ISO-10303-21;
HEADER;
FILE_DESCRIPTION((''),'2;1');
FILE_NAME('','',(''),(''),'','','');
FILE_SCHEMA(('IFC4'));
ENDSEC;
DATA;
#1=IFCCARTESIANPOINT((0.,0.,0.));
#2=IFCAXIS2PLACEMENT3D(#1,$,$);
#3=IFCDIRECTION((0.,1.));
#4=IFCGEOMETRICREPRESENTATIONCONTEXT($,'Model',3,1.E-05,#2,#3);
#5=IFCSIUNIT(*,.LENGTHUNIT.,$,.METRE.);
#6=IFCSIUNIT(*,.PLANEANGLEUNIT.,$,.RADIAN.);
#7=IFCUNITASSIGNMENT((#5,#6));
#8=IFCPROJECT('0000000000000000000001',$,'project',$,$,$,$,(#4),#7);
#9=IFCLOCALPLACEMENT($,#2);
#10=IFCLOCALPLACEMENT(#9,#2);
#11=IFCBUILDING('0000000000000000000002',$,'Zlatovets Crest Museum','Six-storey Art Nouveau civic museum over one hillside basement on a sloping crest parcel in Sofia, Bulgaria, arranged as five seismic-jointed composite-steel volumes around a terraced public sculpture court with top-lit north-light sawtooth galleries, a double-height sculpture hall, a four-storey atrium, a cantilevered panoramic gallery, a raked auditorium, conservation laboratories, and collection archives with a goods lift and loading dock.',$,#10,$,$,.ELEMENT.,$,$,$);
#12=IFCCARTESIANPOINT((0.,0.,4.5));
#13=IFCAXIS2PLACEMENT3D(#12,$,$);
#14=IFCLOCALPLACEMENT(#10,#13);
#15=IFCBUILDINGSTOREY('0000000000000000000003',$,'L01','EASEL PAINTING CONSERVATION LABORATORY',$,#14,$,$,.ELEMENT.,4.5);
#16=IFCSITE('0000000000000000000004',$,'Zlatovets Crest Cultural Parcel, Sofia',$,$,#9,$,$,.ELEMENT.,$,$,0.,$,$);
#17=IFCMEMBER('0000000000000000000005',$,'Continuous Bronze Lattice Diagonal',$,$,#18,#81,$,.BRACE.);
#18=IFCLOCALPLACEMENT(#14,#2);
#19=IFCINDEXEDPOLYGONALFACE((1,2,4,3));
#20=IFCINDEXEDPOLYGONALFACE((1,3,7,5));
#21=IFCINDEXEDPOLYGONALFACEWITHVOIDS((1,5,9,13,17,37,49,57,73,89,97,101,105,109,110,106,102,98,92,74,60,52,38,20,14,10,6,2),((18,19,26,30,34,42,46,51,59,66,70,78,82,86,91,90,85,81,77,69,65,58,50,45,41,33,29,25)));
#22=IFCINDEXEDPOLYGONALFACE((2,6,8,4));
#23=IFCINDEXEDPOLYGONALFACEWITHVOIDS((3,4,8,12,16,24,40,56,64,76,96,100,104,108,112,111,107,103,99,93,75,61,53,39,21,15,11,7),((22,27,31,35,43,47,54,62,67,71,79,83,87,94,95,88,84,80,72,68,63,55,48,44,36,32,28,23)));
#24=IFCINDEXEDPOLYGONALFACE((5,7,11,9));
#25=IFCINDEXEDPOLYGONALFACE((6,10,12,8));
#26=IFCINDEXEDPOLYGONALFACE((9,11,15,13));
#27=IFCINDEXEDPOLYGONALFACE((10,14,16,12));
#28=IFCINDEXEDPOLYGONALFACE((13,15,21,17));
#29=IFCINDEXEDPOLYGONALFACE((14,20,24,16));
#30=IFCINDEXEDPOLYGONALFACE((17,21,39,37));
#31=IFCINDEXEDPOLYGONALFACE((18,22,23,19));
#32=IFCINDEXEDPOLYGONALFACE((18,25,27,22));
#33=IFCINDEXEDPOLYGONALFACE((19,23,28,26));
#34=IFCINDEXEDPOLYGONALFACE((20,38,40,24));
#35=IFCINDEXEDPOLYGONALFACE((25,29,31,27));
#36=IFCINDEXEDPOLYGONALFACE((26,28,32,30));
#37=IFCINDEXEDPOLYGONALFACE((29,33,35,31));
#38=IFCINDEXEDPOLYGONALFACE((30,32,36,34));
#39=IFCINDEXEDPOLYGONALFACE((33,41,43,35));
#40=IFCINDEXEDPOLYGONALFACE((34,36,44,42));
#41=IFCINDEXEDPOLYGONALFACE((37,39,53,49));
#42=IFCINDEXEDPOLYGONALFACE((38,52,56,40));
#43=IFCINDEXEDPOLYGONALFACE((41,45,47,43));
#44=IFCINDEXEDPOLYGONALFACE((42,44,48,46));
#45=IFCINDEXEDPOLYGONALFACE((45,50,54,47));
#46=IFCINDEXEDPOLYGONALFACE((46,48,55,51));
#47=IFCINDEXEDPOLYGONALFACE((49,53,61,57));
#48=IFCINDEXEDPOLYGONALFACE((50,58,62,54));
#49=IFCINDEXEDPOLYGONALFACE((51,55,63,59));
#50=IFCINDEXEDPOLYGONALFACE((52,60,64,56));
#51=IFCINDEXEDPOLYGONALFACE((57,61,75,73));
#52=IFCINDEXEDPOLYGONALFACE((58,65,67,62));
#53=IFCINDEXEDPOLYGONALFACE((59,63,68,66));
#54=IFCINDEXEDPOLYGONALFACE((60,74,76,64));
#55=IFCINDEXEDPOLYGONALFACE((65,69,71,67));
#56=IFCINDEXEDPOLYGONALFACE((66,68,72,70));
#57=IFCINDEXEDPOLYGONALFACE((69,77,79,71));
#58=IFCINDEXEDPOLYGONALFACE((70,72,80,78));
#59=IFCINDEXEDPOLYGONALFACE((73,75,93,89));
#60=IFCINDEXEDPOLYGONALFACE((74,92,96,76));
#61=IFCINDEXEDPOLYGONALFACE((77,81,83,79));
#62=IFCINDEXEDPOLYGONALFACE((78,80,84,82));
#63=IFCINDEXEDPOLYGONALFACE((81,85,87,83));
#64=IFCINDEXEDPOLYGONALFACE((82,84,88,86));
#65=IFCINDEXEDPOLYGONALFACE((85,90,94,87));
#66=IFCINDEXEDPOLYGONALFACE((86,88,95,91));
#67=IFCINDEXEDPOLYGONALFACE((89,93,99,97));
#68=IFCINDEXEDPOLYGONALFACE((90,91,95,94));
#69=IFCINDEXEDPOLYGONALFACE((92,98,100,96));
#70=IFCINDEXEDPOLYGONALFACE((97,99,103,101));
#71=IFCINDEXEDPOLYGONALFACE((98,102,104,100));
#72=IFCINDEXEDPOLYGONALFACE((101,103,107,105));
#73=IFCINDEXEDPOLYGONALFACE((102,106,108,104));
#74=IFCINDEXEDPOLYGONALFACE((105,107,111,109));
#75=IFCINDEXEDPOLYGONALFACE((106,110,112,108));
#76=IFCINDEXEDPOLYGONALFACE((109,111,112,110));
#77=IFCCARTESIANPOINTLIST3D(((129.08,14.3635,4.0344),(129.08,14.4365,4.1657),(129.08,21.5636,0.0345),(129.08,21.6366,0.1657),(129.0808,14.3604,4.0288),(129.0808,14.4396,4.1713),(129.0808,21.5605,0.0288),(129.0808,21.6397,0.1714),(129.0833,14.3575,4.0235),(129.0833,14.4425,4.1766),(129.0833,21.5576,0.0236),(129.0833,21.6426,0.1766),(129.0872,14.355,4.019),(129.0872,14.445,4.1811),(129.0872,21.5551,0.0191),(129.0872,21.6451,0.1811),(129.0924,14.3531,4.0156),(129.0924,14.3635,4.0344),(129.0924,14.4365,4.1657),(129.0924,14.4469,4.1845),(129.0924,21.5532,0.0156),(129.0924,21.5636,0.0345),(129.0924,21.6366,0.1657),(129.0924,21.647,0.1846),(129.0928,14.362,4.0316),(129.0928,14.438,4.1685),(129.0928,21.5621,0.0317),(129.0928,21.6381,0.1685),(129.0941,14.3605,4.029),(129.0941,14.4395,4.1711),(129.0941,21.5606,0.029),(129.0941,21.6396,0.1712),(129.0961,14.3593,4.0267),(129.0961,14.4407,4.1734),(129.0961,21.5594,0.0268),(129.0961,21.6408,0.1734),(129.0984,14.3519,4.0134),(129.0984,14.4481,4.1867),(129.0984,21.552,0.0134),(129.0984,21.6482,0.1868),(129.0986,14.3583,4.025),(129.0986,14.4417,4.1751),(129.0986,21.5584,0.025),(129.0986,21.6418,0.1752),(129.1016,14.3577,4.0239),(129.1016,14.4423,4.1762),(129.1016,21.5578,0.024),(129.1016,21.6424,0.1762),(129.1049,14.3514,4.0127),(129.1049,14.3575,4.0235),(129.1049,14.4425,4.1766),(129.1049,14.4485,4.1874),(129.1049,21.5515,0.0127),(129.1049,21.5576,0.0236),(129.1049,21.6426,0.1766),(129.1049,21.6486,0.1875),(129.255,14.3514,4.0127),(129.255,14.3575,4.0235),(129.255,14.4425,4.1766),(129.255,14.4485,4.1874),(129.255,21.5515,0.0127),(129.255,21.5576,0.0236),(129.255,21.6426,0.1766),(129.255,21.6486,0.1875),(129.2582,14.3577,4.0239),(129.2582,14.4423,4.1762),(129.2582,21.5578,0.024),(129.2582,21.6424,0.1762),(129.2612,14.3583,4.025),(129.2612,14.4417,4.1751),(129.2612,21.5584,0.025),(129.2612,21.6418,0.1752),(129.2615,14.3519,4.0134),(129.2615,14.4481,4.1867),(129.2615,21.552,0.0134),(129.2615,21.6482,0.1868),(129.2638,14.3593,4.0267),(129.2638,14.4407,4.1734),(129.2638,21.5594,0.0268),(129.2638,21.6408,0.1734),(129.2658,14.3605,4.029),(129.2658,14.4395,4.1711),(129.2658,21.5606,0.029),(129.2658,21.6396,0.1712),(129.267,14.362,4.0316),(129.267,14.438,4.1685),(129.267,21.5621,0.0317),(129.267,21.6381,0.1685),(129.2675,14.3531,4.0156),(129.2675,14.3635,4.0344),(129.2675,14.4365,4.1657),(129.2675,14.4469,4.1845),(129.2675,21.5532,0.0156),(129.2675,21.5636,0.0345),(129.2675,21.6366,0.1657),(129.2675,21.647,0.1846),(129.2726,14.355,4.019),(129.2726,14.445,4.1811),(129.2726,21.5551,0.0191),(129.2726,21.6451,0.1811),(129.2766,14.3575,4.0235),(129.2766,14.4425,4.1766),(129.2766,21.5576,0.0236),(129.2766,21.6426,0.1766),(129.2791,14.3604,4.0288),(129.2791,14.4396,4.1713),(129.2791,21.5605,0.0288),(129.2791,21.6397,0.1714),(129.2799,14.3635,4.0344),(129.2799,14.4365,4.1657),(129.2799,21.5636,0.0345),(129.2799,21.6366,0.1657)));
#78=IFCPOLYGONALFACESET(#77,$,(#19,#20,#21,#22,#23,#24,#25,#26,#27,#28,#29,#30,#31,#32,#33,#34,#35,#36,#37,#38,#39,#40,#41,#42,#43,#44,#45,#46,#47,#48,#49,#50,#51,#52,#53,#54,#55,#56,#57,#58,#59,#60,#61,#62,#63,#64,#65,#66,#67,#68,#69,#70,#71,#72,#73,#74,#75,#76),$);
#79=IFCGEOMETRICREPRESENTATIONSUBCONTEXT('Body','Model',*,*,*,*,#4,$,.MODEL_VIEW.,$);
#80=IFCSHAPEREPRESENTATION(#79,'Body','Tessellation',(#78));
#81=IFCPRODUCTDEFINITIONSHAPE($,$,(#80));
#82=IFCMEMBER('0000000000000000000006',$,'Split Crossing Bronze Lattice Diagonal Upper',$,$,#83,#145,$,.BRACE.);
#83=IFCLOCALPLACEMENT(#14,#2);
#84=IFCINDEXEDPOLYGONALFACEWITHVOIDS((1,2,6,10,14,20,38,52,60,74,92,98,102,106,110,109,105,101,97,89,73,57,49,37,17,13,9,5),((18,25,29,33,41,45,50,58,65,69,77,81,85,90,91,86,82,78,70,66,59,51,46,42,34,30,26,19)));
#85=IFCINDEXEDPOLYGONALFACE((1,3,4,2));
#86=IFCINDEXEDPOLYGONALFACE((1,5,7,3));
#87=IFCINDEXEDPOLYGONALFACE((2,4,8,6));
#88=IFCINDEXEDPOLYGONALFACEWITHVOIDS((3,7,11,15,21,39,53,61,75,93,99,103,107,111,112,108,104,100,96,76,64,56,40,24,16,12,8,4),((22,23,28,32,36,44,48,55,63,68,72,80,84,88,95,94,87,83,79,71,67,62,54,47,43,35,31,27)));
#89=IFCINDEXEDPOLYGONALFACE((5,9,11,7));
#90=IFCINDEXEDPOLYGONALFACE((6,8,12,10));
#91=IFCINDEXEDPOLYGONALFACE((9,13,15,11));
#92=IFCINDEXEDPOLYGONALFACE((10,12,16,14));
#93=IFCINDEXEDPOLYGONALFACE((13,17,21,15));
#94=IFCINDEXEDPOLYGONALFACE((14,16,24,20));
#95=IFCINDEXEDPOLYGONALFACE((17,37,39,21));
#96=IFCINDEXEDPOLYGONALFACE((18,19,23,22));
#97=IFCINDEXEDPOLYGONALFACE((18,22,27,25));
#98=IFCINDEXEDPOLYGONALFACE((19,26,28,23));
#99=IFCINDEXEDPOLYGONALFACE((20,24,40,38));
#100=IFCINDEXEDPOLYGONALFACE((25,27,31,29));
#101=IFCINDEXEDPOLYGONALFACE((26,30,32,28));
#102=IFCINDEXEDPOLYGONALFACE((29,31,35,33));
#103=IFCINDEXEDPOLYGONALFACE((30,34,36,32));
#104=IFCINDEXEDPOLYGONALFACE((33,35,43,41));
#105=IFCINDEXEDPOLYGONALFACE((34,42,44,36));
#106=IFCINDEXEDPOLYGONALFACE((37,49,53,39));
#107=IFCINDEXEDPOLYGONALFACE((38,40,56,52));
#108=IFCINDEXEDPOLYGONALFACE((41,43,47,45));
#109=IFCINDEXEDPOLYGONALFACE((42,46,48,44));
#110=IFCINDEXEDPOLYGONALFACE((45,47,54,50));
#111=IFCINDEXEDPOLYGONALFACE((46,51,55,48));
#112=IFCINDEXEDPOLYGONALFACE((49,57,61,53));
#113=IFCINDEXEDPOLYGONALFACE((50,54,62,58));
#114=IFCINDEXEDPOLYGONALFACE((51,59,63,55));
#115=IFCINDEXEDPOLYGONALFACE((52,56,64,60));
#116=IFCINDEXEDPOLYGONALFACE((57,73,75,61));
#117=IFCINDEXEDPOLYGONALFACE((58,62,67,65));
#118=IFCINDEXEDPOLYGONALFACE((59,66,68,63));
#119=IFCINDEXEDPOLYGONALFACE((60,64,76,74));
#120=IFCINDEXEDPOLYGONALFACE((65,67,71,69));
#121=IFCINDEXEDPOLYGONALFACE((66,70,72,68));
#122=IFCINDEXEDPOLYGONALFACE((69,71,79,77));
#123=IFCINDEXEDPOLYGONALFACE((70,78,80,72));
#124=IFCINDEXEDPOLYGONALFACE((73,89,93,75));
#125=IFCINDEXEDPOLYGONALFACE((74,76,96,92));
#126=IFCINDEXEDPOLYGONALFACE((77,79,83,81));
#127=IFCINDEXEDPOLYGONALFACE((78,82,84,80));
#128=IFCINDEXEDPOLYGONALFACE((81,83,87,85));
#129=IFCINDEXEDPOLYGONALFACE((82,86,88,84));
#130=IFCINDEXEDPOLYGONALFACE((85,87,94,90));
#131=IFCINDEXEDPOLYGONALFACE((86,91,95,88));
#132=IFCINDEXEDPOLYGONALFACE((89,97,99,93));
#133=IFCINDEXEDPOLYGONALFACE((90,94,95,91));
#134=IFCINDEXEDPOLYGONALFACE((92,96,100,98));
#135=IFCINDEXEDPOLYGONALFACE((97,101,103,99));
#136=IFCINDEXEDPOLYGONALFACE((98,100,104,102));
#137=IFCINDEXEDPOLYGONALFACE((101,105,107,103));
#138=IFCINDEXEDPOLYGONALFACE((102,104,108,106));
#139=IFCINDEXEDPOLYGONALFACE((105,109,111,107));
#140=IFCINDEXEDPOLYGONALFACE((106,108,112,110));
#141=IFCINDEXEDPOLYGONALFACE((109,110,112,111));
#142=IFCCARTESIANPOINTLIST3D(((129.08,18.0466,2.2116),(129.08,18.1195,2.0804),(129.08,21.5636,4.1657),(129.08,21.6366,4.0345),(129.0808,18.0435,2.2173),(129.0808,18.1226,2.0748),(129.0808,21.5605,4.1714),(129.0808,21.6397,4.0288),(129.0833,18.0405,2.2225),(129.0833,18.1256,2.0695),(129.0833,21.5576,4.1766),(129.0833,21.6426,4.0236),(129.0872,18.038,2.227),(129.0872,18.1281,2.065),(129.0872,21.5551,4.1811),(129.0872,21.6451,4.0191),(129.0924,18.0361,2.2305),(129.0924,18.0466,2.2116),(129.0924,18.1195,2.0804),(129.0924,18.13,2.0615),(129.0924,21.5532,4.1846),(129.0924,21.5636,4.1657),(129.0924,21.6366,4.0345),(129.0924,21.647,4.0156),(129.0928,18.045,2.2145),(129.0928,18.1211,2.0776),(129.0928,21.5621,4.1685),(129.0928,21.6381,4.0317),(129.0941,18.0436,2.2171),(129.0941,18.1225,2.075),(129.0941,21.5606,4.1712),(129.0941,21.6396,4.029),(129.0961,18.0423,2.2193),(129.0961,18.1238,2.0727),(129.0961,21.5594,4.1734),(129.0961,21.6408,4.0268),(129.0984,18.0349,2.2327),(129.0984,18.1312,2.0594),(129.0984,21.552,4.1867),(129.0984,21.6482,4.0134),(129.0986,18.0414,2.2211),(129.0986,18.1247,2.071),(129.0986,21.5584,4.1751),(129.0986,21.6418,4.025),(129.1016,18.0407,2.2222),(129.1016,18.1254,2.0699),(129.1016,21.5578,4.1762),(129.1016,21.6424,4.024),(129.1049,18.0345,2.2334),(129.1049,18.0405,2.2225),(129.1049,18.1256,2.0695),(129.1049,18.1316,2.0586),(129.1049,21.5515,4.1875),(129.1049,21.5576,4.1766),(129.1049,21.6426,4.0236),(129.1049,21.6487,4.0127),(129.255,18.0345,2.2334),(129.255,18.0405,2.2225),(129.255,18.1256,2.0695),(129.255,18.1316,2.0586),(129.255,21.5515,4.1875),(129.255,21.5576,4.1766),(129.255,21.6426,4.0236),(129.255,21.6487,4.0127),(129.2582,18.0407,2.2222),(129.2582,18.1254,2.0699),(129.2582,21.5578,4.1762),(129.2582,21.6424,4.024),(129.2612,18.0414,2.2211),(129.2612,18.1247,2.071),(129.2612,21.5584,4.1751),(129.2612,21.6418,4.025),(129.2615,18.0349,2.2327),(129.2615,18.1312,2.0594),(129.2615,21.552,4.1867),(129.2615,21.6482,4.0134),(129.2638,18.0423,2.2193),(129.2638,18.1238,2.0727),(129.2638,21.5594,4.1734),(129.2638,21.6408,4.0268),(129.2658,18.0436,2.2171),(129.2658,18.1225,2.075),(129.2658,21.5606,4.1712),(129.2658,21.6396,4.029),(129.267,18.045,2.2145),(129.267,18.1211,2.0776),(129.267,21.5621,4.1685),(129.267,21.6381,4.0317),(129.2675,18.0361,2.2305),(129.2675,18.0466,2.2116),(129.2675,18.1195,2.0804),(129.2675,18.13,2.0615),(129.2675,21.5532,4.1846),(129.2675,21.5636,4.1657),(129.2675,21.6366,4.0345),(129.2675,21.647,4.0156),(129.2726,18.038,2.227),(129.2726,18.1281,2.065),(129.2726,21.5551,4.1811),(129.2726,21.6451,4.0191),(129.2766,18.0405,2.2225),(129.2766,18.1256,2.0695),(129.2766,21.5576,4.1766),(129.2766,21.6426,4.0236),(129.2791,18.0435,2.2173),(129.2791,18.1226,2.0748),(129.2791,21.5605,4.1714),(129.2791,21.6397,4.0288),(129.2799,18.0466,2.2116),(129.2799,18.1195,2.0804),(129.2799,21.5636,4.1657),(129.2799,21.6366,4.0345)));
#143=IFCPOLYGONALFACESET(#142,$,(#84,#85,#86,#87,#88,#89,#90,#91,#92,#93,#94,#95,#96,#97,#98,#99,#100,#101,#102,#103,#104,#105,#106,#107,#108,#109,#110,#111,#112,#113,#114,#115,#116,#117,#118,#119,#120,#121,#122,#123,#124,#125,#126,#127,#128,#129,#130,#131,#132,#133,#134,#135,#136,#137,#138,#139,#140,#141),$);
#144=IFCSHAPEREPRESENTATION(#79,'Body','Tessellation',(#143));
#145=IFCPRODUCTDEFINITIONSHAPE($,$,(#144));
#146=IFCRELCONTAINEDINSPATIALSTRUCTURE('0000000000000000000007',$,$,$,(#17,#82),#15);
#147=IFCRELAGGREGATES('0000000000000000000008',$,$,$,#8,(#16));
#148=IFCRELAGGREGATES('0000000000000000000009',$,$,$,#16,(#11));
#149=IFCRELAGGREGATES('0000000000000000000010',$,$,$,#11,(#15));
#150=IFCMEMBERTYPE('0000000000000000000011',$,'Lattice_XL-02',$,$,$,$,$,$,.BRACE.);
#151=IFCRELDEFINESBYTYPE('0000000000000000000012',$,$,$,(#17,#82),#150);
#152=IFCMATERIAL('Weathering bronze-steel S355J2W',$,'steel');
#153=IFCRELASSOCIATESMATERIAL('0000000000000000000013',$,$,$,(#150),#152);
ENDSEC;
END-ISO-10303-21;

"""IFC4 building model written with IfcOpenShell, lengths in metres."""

from ifc_helpers import new_model, si_unit, direction, frame, origin, origin_2d, place, context, subcontext, project, spatial, hollow_rectangle, extrude, material, material_profile, profile_set, type_object, element, save


model = new_model("IFC4")

# Units and contexts
model_context = context("Model", 3, precision=1e-05, world=origin(), true_north=direction((0.0, 1.0)))
body_context = subcontext(model_context, "Body", "Model", "MODEL_VIEW")
ifc_project = project(units=[si_unit("LENGTHUNIT", "METRE"), si_unit("PLANEANGLEUNIT", "RADIAN")], contexts=[model_context])

# Site, building, storey
site_placement = place(None, origin())
site = spatial("IfcSite", under=ifc_project, at=site_placement, Name="Zlatovets Crest Cultural Parcel, Sofia", CompositionType="ELEMENT", RefElevation=0.0)
building_placement = place(site_placement, origin())
building = spatial("IfcBuilding", under=site, at=building_placement, Name="Zlatovets Crest Museum", Description="Six-storey Art Nouveau civic museum over one hillside basement on a sloping crest parcel in Sofia, Bulgaria, arranged as five seismic-jointed composite-steel volumes around a terraced public sculpture court with top-lit north-light sawtooth galleries, a double-height sculpture hall, a four-storey atrium, a cantilevered panoramic gallery, a raked auditorium, conservation laboratories, and collection archives with a goods lift and loading dock.", CompositionType="ELEMENT")
storey_placement = place(building_placement, frame((0.0, 0.0, 4.5)))
storey = spatial("IfcBuildingStorey", under=building, at=storey_placement, Name="L01", Description="EASEL PAINTING CONSERVATION LABORATORY", CompositionType="ELEMENT", Elevation=4.5)

# Members
ifc_material_1 = material(Name="Weathering bronze-steel S355J2W", Category="steel")
ifc_material_profile_1 = material_profile(ifc_material_1, hollow_rectangle(XDim=0.2, YDim=0.2, WallThickness=0.0125, InnerFilletRadius=0.0125, OuterFilletRadius=0.0249, at=origin_2d()), Name="SHS 200x200x12.5")
ifc_profile_set_1 = profile_set([ifc_material_profile_1], Name="Weathering bronze-steel S355J2W")
member_type_1 = type_object("IfcMemberType", Name="Lattice_XL-02", PredefinedType="BRACE", material=ifc_profile_set_1)
member_1_placement = place(storey_placement, frame((129.1799, 21.6001, 0.1001), z_axis=(0.0, -0.874163, 0.485633), x_axis=(1.0, 0.0, 0.0)))
element("IfcMember", 1, at=member_1_placement, inside=storey, type_object=member_type_1, Name="Continuous Bronze Lattice Diagonal", PredefinedType="BRACE", context=body_context, shape_type="SweptSolid", body=[
    extrude(hollow_rectangle(XDim=0.2, YDim=0.2, WallThickness=0.0125, InnerFilletRadius=0.0125, OuterFilletRadius=0.0249, at=origin_2d()), origin(), (0.0, 0.0, 1.0), 8.2366),
])
member_2_placement = place(storey_placement, frame((129.1799, 21.6001, 4.1001), z_axis=(0.0, -0.87414, -0.485674), x_axis=(1.0, 0.0, 0.0)))
element("IfcMember", 2, at=member_2_placement, inside=storey, type_object=member_type_1, Name="Split Crossing Bronze Lattice Diagonal Upper", PredefinedType="BRACE", context=body_context, shape_type="SweptSolid", body=[
    extrude(hollow_rectangle(XDim=0.2, YDim=0.2, WallThickness=0.0125, InnerFilletRadius=0.0125, OuterFilletRadius=0.0249, at=origin_2d()), origin(), (0.0, 0.0, 1.0), 4.0234),
])

save(model, "model.ifc")
